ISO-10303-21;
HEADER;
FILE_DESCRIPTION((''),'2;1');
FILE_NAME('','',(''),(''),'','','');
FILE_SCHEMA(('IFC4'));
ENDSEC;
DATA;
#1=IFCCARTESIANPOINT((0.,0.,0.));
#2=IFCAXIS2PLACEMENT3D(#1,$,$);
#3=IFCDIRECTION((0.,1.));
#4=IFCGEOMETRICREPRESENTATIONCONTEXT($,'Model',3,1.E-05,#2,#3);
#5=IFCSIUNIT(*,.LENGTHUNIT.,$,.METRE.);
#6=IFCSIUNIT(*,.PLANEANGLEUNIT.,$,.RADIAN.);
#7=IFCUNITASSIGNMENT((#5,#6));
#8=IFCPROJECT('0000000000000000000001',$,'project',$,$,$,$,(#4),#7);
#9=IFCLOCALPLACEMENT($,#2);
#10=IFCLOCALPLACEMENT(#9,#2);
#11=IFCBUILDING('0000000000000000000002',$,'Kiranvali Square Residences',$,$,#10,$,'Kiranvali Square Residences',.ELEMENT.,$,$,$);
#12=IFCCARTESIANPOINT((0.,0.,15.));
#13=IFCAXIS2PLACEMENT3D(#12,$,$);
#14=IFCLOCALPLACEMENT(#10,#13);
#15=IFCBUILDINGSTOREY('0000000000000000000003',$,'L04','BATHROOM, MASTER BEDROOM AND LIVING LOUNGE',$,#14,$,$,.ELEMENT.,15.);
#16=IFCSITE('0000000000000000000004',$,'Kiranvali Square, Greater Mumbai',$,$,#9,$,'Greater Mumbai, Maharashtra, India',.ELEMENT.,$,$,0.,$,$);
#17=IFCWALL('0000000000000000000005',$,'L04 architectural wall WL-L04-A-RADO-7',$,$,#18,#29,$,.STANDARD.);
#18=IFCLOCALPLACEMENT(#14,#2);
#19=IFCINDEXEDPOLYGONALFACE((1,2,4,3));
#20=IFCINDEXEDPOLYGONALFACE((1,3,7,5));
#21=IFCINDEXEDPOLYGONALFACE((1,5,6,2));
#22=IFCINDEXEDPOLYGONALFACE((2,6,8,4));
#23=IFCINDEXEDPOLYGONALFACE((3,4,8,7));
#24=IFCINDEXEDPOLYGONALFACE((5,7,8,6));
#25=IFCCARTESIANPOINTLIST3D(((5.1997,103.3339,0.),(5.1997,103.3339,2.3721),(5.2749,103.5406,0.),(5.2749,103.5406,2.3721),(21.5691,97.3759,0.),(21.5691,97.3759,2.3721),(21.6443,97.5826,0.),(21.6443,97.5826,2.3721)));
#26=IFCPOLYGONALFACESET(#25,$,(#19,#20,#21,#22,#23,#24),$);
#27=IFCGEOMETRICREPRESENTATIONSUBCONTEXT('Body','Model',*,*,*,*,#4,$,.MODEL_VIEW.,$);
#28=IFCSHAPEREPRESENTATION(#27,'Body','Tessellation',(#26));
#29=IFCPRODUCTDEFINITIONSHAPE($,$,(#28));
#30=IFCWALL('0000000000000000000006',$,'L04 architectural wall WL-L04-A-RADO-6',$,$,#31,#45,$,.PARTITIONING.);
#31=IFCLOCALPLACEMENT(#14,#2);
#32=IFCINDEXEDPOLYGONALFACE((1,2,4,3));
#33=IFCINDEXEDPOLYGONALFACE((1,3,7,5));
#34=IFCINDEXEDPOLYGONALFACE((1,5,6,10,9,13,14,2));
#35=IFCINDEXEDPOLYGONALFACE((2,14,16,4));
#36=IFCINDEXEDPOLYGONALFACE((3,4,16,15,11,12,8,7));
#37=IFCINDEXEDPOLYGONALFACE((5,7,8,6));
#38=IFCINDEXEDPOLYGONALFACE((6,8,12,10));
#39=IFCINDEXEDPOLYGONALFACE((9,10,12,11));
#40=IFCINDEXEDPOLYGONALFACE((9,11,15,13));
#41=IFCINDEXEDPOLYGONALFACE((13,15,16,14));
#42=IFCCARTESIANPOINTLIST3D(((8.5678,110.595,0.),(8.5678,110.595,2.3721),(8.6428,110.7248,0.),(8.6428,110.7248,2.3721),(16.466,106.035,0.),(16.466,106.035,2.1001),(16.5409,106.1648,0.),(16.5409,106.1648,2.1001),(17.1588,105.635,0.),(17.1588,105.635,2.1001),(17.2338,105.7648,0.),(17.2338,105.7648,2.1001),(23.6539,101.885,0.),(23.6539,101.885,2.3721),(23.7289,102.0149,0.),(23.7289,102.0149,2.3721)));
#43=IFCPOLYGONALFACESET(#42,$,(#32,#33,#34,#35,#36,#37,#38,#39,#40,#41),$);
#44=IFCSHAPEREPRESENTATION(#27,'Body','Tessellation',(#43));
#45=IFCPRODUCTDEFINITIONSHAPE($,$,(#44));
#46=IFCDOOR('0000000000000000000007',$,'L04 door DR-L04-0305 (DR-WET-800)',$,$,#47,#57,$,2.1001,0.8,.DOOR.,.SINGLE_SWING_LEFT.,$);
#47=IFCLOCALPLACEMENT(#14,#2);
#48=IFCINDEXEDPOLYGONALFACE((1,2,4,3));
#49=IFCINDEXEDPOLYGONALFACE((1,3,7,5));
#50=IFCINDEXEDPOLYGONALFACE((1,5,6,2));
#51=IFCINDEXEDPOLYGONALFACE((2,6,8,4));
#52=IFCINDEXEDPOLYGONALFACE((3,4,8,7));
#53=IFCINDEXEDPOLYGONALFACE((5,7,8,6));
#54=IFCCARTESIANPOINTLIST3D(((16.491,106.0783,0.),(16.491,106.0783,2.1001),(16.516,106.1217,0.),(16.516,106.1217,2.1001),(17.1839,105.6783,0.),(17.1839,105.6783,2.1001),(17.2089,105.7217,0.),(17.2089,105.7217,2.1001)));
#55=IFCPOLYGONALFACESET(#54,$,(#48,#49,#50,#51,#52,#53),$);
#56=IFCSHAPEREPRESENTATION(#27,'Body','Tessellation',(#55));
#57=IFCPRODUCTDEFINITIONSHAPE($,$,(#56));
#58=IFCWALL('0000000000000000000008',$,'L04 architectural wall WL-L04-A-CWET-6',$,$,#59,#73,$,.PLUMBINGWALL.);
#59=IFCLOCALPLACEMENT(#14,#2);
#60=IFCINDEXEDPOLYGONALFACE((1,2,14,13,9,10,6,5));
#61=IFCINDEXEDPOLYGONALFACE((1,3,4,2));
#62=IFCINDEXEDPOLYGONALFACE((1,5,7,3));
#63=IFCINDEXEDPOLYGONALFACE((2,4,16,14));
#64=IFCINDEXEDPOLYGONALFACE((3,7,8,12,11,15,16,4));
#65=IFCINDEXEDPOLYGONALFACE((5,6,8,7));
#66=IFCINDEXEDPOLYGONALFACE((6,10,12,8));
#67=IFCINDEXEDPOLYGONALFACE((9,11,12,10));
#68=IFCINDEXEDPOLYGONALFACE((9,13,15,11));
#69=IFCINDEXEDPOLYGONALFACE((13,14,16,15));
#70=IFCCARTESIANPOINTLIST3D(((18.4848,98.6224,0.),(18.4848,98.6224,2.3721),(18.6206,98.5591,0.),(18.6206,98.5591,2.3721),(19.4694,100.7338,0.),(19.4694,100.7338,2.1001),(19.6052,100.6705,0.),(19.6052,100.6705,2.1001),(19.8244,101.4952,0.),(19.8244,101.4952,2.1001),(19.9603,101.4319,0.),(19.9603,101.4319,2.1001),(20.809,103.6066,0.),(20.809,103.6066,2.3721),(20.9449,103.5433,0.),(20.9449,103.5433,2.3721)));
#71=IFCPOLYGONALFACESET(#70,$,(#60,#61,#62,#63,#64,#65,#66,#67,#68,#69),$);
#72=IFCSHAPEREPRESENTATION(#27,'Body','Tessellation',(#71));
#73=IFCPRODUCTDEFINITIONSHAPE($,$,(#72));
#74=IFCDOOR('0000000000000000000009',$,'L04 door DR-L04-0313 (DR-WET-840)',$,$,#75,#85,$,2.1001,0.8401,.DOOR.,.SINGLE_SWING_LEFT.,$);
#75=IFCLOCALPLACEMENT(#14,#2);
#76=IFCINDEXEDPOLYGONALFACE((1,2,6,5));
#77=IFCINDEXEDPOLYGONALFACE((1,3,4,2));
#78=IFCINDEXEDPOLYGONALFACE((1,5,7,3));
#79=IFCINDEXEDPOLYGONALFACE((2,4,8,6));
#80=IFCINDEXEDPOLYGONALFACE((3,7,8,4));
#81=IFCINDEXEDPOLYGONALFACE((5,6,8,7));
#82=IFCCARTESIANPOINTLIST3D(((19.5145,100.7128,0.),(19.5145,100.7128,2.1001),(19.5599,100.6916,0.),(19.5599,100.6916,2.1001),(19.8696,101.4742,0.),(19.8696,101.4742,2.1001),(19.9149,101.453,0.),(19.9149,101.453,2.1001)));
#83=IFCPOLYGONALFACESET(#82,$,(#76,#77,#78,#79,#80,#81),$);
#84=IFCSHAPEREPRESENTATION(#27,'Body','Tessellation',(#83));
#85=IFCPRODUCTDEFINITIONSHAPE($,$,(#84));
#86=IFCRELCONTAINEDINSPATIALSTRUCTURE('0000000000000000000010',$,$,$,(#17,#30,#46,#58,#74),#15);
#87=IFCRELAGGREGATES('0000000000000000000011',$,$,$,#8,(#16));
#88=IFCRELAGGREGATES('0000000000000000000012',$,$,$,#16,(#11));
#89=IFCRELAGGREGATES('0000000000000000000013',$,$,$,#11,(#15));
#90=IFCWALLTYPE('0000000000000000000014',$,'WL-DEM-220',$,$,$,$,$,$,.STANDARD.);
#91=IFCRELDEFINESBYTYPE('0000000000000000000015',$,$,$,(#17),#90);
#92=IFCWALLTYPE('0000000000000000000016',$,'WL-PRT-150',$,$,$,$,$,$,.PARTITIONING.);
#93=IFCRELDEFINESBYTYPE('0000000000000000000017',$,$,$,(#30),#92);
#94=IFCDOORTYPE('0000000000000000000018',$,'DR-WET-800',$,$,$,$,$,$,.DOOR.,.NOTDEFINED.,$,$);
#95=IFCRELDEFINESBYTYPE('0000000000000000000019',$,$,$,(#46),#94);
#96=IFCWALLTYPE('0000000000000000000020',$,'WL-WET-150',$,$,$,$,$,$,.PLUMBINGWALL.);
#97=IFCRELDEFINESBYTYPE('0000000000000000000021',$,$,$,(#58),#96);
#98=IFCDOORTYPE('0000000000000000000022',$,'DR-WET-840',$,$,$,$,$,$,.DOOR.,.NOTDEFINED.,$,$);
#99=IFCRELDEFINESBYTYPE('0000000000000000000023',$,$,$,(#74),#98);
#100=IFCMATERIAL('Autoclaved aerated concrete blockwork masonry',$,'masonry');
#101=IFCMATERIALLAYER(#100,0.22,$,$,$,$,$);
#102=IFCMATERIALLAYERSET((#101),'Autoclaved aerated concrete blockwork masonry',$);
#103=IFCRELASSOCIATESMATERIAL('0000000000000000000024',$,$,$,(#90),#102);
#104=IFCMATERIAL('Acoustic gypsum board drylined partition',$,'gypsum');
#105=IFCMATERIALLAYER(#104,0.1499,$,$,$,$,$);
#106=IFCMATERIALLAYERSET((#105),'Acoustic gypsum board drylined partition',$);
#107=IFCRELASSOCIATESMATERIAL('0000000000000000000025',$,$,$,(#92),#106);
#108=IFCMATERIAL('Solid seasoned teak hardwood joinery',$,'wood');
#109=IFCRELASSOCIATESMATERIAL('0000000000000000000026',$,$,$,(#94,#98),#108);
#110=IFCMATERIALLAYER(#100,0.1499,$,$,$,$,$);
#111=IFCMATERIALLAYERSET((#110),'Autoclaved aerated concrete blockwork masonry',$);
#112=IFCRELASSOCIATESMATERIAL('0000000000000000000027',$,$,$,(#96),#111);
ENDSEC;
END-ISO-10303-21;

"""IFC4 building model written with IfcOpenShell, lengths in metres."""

from ifc_helpers import new_model, si_unit, direction, frame, frame_2d, origin, place, context, subcontext, project, spatial, rectangle, extrude, material, layer, layer_set, type_object, element, fill, save


model = new_model("IFC4")

# Units and contexts
model_context = context("Model", 3, precision=1e-05, world=origin(), true_north=direction((0.0, 1.0)))
body_context = subcontext(model_context, "Body", "Model", "MODEL_VIEW")
ifc_project = project(units=[si_unit("LENGTHUNIT", "METRE"), si_unit("PLANEANGLEUNIT", "RADIAN")], contexts=[model_context])

# Site, building, storey
site_placement = place(None, origin())
site = spatial("IfcSite", under=ifc_project, at=site_placement, Name="Kiranvali Square, Greater Mumbai", LongName="Greater Mumbai, Maharashtra, India", CompositionType="ELEMENT", RefElevation=0.0)
building_placement = place(site_placement, origin())
building = spatial("IfcBuilding", under=site, at=building_placement, Name="Kiranvali Square Residences", LongName="Kiranvali Square Residences", CompositionType="ELEMENT")
storey_placement = place(building_placement, frame((0.0, 0.0, 15.0)))
storey = spatial("IfcBuildingStorey", under=building, at=storey_placement, Name="L04", Description="BATHROOM, MASTER BEDROOM AND LIVING LOUNGE", CompositionType="ELEMENT", Elevation=15.0)

# Shared definitions
ifc_material_1 = material(Name="Autoclaved aerated concrete blockwork masonry", Category="masonry")

# Wall
ifc_layer_1 = layer(ifc_material_1, 0.22)
ifc_layer_set_1 = layer_set([ifc_layer_1], Name="Autoclaved aerated concrete blockwork masonry")
wall_type_1 = type_object("IfcWallType", Name="WL-DEM-220", PredefinedType="STANDARD", material=ifc_layer_set_1)
wall_1_placement = place(storey_placement, frame((21.6067, 97.4792, 0.0), z_axis=(0.0, 0.0, 1.0), x_axis=(-0.939692, 0.342022, 0.0)))
element("IfcWall", 1, at=wall_1_placement, inside=storey, type_object=wall_type_1, Name="L04 architectural wall WL-L04-A-RADO-7", PredefinedType="STANDARD", context=body_context, shape_type="SweptSolid", body=[
    extrude(rectangle(XDim=17.4199, YDim=0.22, at=frame_2d((8.71, 0.0))), origin(), (0.0, 0.0, 1.0), 2.3721),
])

# Walls, openings, doors
ifc_material_2 = material(Name="Acoustic gypsum board drylined partition", Category="gypsum")
ifc_layer_2 = layer(ifc_material_2, 0.1499)
ifc_layer_set_2 = layer_set([ifc_layer_2], Name="Acoustic gypsum board drylined partition")
wall_type_2 = type_object("IfcWallType", Name="WL-PRT-150", PredefinedType="PARTITIONING", material=ifc_layer_set_2)
wall_2_placement = place(storey_placement, frame((23.6914, 101.95, 0.0), z_axis=(0.0, 0.0, 1.0), x_axis=(-0.866027, 0.499998, 0.0)))
wall_2 = element("IfcWall", 2, at=wall_2_placement, inside=storey, type_object=wall_type_2, Name="L04 architectural wall WL-L04-A-RADO-6", PredefinedType="PARTITIONING", context=body_context, shape_type="SweptSolid", body=[
    extrude(rectangle(XDim=17.4199, YDim=0.1499, at=frame_2d((8.71, 0.0))), origin(), (0.0, 0.0, 1.0), 2.3721),
])
opening_1_placement = place(wall_2_placement, frame((7.5, 0.0, 0.0)))
opening_1 = element("IfcOpeningElement", 3, at=opening_1_placement, cuts=wall_2, PredefinedType="OPENING", context=body_context, shape_type="SweptSolid", body=[
    extrude(rectangle(XDim=0.8, YDim=2.1001, at=frame_2d((0.3999, 1.05))), frame((0.0, 0.085, 0.0), z_axis=(0.0, -1.0, 0.0), x_axis=(1.0, 0.0, 0.0)), (0.0, 0.0, 1.0), 0.1699),
])
ifc_material_3 = material(Name="Solid seasoned teak hardwood joinery", Category="wood")
door_type_1 = type_object("IfcDoorType", Name="DR-WET-800", OperationType="NOTDEFINED", PredefinedType="DOOR", material=ifc_material_3)
door_1_placement = place(opening_1_placement, origin())
door_1 = element("IfcDoor", 4, at=door_1_placement, inside=storey, type_object=door_type_1, Name="L04 door DR-L04-0305 (DR-WET-800)", OperationType="SINGLE_SWING_LEFT", OverallHeight=2.1001, OverallWidth=0.8, PredefinedType="DOOR", context=body_context, shape_type="SweptSolid", body=[
    extrude(rectangle(XDim=0.8, YDim=2.1001, at=frame_2d((0.3999, 1.05))), frame((0.0, 0.0249, 0.0), z_axis=(0.0, -1.0, 0.0), x_axis=(1.0, 0.0, 0.0)), (0.0, 0.0, 1.0), 0.05),
])
fill(opening_1, door_1)
ifc_layer_3 = layer(ifc_material_1, 0.1499)
ifc_layer_set_3 = layer_set([ifc_layer_3], Name="Autoclaved aerated concrete blockwork masonry")
wall_type_3 = type_object("IfcWallType", Name="WL-WET-150", PredefinedType="PLUMBINGWALL", material=ifc_layer_set_3)
wall_3_placement = place(storey_placement, frame((20.877, 103.575, 0.0), z_axis=(0.0, 0.0, 1.0), x_axis=(-0.42263, -0.906302, 0.0)))
wall_3 = element("IfcWall", 5, at=wall_3_placement, inside=storey, type_object=wall_type_3, Name="L04 architectural wall WL-L04-A-CWET-6", PredefinedType="PLUMBINGWALL", context=body_context, shape_type="SweptSolid", body=[
    extrude(rectangle(XDim=5.4995, YDim=0.1499, at=frame_2d((2.7498, 0.0))), origin(), (0.0, 0.0, 1.0), 2.3721),
])
opening_2_placement = place(wall_3_placement, frame((2.3298, 0.0, 0.0)))
opening_2 = element("IfcOpeningElement", 6, at=opening_2_placement, cuts=wall_3, PredefinedType="OPENING", context=body_context, shape_type="SweptSolid", body=[
    extrude(rectangle(XDim=0.8401, YDim=2.1001, at=frame_2d((0.4199, 1.05))), frame((0.0, 0.085, 0.0), z_axis=(0.0, -1.0, 0.0), x_axis=(1.0, 0.0, 0.0)), (0.0, 0.0, 1.0), 0.1699),
])
door_type_2 = type_object("IfcDoorType", Name="DR-WET-840", OperationType="NOTDEFINED", PredefinedType="DOOR", material=ifc_material_3)
door_2_placement = place(opening_2_placement, origin())
door_2 = element("IfcDoor", 7, at=door_2_placement, inside=storey, type_object=door_type_2, Name="L04 door DR-L04-0313 (DR-WET-840)", OperationType="SINGLE_SWING_LEFT", OverallHeight=2.1001, OverallWidth=0.8401, PredefinedType="DOOR", context=body_context, shape_type="SweptSolid", body=[
    extrude(rectangle(XDim=0.8401, YDim=2.1001, at=frame_2d((0.4199, 1.05))), frame((0.0, 0.0249, 0.0), z_axis=(0.0, -1.0, 0.0), x_axis=(1.0, 0.0, 0.0)), (0.0, 0.0, 1.0), 0.05),
])
fill(opening_2, door_2)

save(model, "model.ifc")
